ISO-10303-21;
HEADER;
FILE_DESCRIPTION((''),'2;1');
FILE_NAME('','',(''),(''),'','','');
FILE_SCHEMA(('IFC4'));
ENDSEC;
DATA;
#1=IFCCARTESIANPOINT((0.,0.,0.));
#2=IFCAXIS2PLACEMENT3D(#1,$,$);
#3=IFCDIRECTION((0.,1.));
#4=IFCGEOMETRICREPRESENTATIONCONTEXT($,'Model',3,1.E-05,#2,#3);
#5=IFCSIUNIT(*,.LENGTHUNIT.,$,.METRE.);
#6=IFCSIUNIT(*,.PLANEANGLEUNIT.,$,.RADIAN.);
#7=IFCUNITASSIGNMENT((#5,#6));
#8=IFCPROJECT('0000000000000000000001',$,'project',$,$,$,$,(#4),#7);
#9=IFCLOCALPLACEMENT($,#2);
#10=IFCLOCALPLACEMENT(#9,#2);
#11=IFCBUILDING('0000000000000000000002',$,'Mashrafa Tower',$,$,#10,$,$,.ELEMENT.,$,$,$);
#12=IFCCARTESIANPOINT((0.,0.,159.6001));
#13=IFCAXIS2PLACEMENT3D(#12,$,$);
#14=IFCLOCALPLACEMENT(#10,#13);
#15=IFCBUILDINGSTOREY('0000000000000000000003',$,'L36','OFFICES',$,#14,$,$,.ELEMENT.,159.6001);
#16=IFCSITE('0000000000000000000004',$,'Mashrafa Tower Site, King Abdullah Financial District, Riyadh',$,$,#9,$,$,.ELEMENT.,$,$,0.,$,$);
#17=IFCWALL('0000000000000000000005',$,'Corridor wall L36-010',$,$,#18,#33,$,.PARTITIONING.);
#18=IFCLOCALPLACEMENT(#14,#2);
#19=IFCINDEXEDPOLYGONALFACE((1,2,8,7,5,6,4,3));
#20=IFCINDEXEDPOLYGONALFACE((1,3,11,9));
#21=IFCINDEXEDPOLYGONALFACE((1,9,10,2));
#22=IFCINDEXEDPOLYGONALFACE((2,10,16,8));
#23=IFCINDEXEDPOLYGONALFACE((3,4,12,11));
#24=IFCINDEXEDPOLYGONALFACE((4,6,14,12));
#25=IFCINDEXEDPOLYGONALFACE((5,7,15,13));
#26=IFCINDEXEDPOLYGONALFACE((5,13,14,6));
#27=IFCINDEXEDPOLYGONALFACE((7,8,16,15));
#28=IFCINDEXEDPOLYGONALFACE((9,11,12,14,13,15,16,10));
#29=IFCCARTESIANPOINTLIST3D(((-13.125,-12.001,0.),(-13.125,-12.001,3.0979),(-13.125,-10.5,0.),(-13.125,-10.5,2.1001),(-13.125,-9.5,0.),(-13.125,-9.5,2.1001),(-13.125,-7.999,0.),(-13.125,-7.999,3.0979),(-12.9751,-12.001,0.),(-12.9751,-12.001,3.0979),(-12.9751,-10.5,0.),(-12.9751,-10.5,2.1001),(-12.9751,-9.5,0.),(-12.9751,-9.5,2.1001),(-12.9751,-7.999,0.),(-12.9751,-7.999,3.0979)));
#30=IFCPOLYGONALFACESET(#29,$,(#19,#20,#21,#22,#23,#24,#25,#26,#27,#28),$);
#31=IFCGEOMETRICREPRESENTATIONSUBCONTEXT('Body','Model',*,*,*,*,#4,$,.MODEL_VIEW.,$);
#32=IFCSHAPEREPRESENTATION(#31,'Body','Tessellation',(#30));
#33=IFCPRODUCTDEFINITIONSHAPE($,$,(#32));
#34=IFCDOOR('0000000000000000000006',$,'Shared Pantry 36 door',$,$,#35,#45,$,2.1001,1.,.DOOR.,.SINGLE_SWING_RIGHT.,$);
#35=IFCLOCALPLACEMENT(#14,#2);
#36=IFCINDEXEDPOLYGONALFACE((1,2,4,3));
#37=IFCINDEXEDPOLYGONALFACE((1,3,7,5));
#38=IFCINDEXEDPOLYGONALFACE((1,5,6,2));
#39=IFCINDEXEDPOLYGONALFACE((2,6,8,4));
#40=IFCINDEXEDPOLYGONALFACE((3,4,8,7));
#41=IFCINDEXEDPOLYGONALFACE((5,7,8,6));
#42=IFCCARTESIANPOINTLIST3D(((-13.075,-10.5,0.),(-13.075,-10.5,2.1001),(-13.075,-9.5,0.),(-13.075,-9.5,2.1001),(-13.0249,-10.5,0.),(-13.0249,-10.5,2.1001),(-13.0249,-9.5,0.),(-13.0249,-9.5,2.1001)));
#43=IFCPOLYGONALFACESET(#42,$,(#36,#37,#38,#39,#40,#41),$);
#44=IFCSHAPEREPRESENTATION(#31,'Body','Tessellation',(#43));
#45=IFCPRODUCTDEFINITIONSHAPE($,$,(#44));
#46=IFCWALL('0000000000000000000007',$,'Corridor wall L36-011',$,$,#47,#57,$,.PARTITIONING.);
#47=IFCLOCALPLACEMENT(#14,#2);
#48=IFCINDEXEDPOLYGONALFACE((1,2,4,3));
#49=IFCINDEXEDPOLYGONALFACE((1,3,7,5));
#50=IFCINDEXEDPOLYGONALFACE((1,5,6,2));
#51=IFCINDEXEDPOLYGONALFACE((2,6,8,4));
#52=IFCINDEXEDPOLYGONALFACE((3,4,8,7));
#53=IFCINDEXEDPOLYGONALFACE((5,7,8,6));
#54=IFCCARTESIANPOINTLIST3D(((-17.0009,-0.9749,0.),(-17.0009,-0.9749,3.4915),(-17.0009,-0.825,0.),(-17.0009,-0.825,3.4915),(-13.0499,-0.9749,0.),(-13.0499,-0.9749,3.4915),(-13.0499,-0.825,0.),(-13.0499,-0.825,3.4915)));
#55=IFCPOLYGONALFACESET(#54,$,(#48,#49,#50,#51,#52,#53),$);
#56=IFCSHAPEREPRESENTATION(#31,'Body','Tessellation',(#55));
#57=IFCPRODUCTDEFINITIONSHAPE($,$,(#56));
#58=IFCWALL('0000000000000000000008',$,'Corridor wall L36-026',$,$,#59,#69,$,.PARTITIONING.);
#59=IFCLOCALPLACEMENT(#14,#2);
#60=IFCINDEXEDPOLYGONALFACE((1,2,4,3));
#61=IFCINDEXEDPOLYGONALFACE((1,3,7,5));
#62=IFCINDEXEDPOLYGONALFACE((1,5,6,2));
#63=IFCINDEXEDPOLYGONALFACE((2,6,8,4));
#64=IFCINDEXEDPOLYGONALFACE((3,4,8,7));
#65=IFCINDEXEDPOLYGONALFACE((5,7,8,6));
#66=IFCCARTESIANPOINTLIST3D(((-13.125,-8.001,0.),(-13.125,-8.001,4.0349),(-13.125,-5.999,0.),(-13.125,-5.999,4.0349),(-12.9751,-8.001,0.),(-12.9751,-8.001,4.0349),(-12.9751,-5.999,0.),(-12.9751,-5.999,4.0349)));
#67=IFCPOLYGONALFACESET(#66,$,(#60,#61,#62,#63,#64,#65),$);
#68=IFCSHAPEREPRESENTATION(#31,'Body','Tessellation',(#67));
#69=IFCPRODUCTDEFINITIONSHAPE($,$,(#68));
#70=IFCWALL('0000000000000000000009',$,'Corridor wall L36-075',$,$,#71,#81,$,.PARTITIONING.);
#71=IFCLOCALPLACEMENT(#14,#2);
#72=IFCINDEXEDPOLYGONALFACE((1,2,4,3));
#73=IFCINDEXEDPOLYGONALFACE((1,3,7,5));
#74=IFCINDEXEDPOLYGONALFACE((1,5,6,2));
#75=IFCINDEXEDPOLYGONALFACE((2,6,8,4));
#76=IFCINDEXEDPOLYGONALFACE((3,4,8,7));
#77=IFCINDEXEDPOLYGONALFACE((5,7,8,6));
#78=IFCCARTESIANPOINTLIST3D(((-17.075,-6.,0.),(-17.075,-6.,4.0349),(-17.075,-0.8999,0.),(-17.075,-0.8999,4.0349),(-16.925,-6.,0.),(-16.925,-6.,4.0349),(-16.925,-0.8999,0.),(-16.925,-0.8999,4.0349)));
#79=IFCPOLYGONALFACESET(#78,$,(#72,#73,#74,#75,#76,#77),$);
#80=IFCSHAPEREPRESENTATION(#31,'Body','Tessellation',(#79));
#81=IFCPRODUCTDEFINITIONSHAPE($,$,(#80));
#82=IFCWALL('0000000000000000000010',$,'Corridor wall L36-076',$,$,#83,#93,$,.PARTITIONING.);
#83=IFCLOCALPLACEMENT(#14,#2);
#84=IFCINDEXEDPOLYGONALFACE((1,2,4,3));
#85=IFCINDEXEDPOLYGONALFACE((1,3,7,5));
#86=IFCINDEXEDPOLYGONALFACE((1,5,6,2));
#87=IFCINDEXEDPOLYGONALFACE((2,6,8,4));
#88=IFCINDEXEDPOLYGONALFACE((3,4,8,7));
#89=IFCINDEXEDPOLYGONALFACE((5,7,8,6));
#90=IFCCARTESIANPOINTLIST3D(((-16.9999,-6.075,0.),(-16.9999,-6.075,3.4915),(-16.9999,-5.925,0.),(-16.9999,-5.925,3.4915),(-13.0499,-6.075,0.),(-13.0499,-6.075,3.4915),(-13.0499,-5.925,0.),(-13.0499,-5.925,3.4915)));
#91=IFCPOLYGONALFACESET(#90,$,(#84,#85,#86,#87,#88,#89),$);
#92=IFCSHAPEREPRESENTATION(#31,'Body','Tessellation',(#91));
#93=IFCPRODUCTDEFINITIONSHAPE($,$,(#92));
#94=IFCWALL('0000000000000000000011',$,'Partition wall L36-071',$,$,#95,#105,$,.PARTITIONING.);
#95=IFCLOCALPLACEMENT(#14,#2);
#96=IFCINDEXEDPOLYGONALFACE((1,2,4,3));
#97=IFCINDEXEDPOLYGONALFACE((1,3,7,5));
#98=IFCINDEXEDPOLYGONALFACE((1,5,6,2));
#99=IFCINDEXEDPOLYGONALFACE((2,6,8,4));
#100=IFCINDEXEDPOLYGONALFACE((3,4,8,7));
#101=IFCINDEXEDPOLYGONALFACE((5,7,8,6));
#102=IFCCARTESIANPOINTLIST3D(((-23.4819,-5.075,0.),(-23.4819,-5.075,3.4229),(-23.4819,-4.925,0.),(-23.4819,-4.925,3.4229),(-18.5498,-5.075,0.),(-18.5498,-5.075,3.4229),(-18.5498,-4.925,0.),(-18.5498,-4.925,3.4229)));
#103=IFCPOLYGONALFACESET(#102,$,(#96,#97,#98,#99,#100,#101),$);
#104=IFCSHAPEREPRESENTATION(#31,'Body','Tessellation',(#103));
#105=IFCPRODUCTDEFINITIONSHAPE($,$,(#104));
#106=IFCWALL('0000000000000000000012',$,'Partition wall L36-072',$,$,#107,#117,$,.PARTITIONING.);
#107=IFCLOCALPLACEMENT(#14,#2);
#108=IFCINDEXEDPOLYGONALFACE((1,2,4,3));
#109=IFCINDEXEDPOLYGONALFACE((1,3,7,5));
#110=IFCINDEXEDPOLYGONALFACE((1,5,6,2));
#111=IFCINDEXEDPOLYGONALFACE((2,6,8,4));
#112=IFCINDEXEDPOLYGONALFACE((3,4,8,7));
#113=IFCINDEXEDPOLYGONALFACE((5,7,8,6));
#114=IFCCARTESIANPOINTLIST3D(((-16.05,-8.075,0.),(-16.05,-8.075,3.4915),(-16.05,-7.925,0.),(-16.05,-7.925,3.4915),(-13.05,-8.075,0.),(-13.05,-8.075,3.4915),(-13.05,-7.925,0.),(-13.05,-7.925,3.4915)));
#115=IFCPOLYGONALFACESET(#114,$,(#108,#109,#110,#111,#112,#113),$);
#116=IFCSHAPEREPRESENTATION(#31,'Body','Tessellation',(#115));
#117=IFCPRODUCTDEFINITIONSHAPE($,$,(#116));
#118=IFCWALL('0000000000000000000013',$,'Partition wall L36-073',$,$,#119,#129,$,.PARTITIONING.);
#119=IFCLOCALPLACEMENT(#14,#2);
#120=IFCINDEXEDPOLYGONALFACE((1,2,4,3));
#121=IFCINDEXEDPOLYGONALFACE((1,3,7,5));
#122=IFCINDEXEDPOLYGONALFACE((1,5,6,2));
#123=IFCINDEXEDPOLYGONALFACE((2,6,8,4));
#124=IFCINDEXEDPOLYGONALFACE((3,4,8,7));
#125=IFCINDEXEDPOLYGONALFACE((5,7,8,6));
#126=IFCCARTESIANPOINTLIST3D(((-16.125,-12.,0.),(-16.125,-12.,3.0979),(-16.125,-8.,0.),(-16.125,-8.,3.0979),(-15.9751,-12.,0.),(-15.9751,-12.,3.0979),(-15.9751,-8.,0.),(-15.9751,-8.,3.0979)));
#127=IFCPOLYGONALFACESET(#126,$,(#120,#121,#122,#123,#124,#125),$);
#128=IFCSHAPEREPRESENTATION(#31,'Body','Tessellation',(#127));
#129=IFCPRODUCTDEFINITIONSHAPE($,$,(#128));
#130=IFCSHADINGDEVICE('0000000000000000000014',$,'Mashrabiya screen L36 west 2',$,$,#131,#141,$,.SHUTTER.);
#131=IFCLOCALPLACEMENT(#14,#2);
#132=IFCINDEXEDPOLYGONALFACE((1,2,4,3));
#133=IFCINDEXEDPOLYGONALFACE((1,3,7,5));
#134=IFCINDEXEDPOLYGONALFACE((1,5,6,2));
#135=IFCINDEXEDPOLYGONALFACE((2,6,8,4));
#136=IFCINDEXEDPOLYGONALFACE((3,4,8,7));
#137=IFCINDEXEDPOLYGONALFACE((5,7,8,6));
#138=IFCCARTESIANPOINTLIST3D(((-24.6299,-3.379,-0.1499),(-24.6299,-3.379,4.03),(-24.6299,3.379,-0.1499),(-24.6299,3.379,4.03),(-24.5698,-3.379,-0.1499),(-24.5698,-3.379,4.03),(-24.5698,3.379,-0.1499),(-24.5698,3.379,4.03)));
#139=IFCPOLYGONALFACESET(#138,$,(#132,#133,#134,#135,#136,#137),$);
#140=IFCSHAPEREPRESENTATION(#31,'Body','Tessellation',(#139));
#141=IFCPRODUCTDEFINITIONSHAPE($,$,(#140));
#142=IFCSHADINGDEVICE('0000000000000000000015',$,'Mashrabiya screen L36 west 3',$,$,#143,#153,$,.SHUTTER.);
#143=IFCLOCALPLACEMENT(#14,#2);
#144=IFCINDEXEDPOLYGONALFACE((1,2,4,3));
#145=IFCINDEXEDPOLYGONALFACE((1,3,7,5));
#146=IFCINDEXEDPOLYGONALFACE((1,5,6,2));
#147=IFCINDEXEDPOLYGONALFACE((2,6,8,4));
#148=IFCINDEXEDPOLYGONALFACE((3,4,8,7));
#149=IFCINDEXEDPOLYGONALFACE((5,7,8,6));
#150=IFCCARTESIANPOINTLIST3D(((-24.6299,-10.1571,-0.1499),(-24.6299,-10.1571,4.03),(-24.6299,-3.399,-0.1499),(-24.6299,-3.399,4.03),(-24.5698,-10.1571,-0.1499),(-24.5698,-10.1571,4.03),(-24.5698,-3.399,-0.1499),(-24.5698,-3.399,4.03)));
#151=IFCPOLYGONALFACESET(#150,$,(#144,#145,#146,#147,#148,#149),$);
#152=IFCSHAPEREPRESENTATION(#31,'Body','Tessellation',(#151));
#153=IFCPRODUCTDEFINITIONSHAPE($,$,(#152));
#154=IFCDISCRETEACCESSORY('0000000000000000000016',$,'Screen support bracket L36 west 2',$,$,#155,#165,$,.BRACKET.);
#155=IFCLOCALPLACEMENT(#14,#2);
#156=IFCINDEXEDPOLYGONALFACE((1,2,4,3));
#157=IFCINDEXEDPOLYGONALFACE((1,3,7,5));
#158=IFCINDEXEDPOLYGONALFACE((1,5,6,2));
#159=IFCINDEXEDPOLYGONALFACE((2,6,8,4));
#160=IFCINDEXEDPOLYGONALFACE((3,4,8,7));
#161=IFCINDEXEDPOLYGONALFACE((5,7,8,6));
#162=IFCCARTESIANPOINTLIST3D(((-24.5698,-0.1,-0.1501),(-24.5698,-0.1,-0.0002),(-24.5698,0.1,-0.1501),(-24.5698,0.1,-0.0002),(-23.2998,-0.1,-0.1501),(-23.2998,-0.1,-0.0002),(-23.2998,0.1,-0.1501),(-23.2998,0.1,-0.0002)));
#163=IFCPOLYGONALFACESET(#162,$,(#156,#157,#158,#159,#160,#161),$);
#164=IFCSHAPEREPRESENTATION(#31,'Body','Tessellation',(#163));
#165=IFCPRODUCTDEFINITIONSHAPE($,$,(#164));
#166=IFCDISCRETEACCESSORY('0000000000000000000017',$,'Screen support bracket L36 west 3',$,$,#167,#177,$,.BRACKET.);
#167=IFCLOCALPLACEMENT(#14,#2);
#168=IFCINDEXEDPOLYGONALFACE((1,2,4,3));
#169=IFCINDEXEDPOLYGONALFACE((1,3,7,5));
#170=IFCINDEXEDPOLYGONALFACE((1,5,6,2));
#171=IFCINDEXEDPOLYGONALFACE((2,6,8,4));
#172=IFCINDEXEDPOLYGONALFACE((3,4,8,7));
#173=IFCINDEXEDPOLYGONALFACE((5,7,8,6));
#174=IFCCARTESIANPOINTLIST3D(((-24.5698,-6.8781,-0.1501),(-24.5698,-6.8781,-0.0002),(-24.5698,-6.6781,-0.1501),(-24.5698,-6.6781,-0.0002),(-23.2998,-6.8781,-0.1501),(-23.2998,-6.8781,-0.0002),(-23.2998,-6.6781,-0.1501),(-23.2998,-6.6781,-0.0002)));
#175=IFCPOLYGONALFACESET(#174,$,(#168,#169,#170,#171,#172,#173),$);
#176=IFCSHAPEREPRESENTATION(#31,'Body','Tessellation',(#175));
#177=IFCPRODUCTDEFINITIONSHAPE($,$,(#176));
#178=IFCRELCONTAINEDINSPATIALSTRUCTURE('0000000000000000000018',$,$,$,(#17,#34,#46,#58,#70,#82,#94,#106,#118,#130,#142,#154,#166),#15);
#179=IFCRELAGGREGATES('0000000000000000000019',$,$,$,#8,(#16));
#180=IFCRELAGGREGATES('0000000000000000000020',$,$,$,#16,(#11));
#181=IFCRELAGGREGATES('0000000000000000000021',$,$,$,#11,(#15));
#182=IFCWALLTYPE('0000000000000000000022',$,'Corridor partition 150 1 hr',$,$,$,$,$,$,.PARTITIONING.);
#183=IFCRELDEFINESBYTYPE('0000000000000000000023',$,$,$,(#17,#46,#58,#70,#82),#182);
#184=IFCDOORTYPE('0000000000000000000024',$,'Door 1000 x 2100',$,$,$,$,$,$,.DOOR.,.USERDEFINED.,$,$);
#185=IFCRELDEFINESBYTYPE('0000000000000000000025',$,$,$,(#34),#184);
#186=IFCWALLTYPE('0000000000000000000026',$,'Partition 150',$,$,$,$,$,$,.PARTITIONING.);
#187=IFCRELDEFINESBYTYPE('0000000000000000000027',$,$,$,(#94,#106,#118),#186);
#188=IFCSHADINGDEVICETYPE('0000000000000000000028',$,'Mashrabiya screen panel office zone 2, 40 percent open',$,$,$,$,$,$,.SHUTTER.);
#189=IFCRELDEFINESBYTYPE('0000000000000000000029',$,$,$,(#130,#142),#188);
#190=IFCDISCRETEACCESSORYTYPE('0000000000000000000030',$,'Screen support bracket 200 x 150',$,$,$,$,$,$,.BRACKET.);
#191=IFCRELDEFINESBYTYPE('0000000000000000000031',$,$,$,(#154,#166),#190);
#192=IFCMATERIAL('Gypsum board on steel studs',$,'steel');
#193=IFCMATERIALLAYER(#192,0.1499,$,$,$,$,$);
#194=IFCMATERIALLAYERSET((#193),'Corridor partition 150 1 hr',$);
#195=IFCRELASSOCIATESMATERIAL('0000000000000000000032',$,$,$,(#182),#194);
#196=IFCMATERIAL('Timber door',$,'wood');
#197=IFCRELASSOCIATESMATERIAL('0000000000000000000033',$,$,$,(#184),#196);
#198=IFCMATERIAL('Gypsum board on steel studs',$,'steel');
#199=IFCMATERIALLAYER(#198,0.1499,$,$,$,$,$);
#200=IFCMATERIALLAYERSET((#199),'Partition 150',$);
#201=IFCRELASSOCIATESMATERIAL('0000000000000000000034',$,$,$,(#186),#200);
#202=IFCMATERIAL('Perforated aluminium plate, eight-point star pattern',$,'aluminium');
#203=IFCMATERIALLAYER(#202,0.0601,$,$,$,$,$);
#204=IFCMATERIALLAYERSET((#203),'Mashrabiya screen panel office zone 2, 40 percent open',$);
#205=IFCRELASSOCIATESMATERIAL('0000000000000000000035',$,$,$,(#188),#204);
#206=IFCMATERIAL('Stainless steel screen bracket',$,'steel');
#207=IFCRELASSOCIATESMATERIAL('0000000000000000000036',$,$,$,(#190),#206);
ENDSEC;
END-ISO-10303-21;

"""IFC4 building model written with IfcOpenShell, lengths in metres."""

from ifc_helpers import new_model, si_unit, direction, frame, frame_2d, origin, origin_2d, place, context, subcontext, project, spatial, rectangle, extrude, source, transform, mapped, material, layer, layer_set, type_object, type_shapes, element, fill, save


model = new_model("IFC4")

# Units and contexts
model_context = context("Model", 3, precision=1e-05, world=origin(), true_north=direction((0.0, 1.0)))
body_context = subcontext(model_context, "Body", "Model", "MODEL_VIEW")
ifc_project = project(units=[si_unit("LENGTHUNIT", "METRE"), si_unit("PLANEANGLEUNIT", "RADIAN")], contexts=[model_context])

# Site, building, storey
site_placement = place(None, origin())
site = spatial("IfcSite", under=ifc_project, at=site_placement, Name="Mashrafa Tower Site, King Abdullah Financial District, Riyadh", CompositionType="ELEMENT", RefElevation=0.0)
building_placement = place(site_placement, origin())
building = spatial("IfcBuilding", under=site, at=building_placement, Name="Mashrafa Tower", CompositionType="ELEMENT")
storey_placement = place(building_placement, frame((0.0, 0.0, 159.6001)))
storey = spatial("IfcBuildingStorey", under=building, at=storey_placement, Name="L36", Description="OFFICES", CompositionType="ELEMENT", Elevation=159.6001)

# Wall, opening, door
ifc_material_1 = material(Name="Gypsum board on steel studs", Category="steel")
ifc_layer_1 = layer(ifc_material_1, 0.1499)
ifc_layer_set_1 = layer_set([ifc_layer_1], Name="Corridor partition 150 1 hr")
wall_type_1 = type_object("IfcWallType", Name="Corridor partition 150 1 hr", PredefinedType="PARTITIONING", material=ifc_layer_set_1)
wall_1_placement = place(storey_placement, frame((-13.05, -7.999, 0.0), z_axis=(0.0, 0.0, 1.0), x_axis=(0.0, -1.0, 0.0)))
wall_1 = element("IfcWall", 1, at=wall_1_placement, inside=storey, type_object=wall_type_1, Name="Corridor wall L36-010", PredefinedType="PARTITIONING", context=body_context, shape_type="SweptSolid", body=[
    extrude(rectangle(XDim=4.002, YDim=0.1499, at=frame_2d((2.001, 0.0))), origin(), (0.0, 0.0, 1.0), 3.0979),
])
opening_1_placement = place(wall_1_placement, frame((1.501, 0.0, 0.0)))
opening_1 = element("IfcOpeningElement", 2, at=opening_1_placement, cuts=wall_1, PredefinedType="OPENING", context=body_context, shape_type="SweptSolid", body=[
    extrude(rectangle(XDim=1.0, YDim=2.1001, at=frame_2d((0.5, 1.05))), frame((0.0, 0.085, 0.0), z_axis=(0.0, -1.0, 0.0), x_axis=(1.0, 0.0, 0.0)), (0.0, 0.0, 1.0), 0.1699),
])
ifc_material_2 = material(Name="Timber door", Category="wood")
door_type_1 = type_object("IfcDoorType", Name="Door 1000 x 2100", OperationType="USERDEFINED", PredefinedType="DOOR", material=ifc_material_2)
door_1_placement = place(opening_1_placement, frame((1.0, 0.0, 0.0), z_axis=(0.0, 0.0, 1.0), x_axis=(-1.0, 0.0, 0.0)))
door_1 = element("IfcDoor", 3, at=door_1_placement, inside=storey, type_object=door_type_1, Name="Shared Pantry 36 door", OperationType="SINGLE_SWING_RIGHT", OverallHeight=2.1001, OverallWidth=1.0, PredefinedType="DOOR", context=body_context, shape_type="SweptSolid", body=[
    extrude(rectangle(XDim=1.0, YDim=2.1001, at=frame_2d((0.5, 1.05))), frame((0.0, 0.0249, 0.0), z_axis=(0.0, -1.0, 0.0), x_axis=(1.0, 0.0, 0.0)), (0.0, 0.0, 1.0), 0.05),
])
fill(opening_1, door_1)

# Wall
wall_2_placement = place(storey_placement, frame((-17.001, -0.8999, 0.0), z_axis=(0.0, 0.0, 1.0), x_axis=(1.0, 0.0, 0.0)))
element("IfcWall", 4, at=wall_2_placement, inside=storey, type_object=wall_type_1, Name="Corridor wall L36-011", PredefinedType="PARTITIONING", context=body_context, shape_type="SweptSolid", body=[
    extrude(rectangle(XDim=3.9509, YDim=0.1499, at=frame_2d((1.9756, 0.0))), origin(), (0.0, 0.0, 1.0), 3.4915),
])

# Walls
wall_3_placement = place(storey_placement, frame((-13.05, -5.999, 0.0), z_axis=(0.0, 0.0, 1.0), x_axis=(0.0, -1.0, 0.0)))
element("IfcWall", 5, at=wall_3_placement, inside=storey, type_object=wall_type_1, Name="Corridor wall L36-026", PredefinedType="PARTITIONING", context=body_context, shape_type="SweptSolid", body=[
    extrude(rectangle(XDim=2.002, YDim=0.1499, at=frame_2d((1.001, 0.0))), origin(), (0.0, 0.0, 1.0), 4.0349),
])
wall_4_placement = place(storey_placement, frame((-17.0, -0.8999, 0.0), z_axis=(0.0, 0.0, 1.0), x_axis=(0.0, -1.0, 0.0)))
element("IfcWall", 6, at=wall_4_placement, inside=storey, type_object=wall_type_1, Name="Corridor wall L36-075", PredefinedType="PARTITIONING", context=body_context, shape_type="SweptSolid", body=[
    extrude(rectangle(XDim=5.1001, YDim=0.1499, at=frame_2d((2.55, 0.0))), origin(), (0.0, 0.0, 1.0), 4.0349),
])
wall_5_placement = place(storey_placement, frame((-17.0, -6.0, 0.0), z_axis=(0.0, 0.0, 1.0), x_axis=(1.0, 0.0, 0.0)))
element("IfcWall", 7, at=wall_5_placement, inside=storey, type_object=wall_type_1, Name="Corridor wall L36-076", PredefinedType="PARTITIONING", context=body_context, shape_type="SweptSolid", body=[
    extrude(rectangle(XDim=3.95, YDim=0.1499, at=frame_2d((1.9751, 0.0))), origin(), (0.0, 0.0, 1.0), 3.4915),
])
ifc_material_3 = material(Name="Gypsum board on steel studs", Category="steel")
ifc_layer_2 = layer(ifc_material_3, 0.1499)
ifc_layer_set_2 = layer_set([ifc_layer_2], Name="Partition 150")
wall_type_2 = type_object("IfcWallType", Name="Partition 150", PredefinedType="PARTITIONING", material=ifc_layer_set_2)
wall_6_placement = place(storey_placement, frame((-18.5498, -5.0, 0.0), z_axis=(0.0, 0.0, 1.0), x_axis=(-1.0, 0.0, 0.0)))
element("IfcWall", 8, at=wall_6_placement, inside=storey, type_object=wall_type_2, Name="Partition wall L36-071", PredefinedType="PARTITIONING", context=body_context, shape_type="SweptSolid", body=[
    extrude(rectangle(XDim=4.9321, YDim=0.1499, at=frame_2d((2.4661, 0.0))), origin(), (0.0, 0.0, 1.0), 3.4229),
])
wall_7_placement = place(storey_placement, frame((-13.05, -8.0, 0.0), z_axis=(0.0, 0.0, 1.0), x_axis=(-1.0, 0.0, 0.0)))
element("IfcWall", 9, at=wall_7_placement, inside=storey, type_object=wall_type_2, Name="Partition wall L36-072", PredefinedType="PARTITIONING", context=body_context, shape_type="SweptSolid", body=[
    extrude(rectangle(XDim=3.0, YDim=0.1499, at=frame_2d((1.5, 0.0))), origin(), (0.0, 0.0, 1.0), 3.4915),
])
wall_8_placement = place(storey_placement, frame((-16.05, -8.0, 0.0), z_axis=(0.0, 0.0, 1.0), x_axis=(0.0, -1.0, 0.0)))
element("IfcWall", 10, at=wall_8_placement, inside=storey, type_object=wall_type_2, Name="Partition wall L36-073", PredefinedType="PARTITIONING", context=body_context, shape_type="SweptSolid", body=[
    extrude(rectangle(XDim=4.0, YDim=0.1499, at=frame_2d((2.0, 0.0))), origin(), (0.0, 0.0, 1.0), 3.0979),
])

# Shading devices
ifc_material_4 = material(Name="Perforated aluminium plate, eight-point star pattern", Category="aluminium")
ifc_layer_3 = layer(ifc_material_4, 0.0601)
ifc_layer_set_3 = layer_set([ifc_layer_3], Name="Mashrabiya screen panel office zone 2, 40 percent open")
shading_device_type = type_object("IfcShadingDeviceType", Name="Mashrabiya screen panel office zone 2, 40 percent open", PredefinedType="SHUTTER", material=ifc_layer_set_3)
shared_shape_1 = source(origin(), body_context, "Body", "SweptSolid", [
    extrude(rectangle(XDim=6.7581, YDim=0.0601, at=origin_2d()), origin(), (0.0, 0.0, 1.0), 4.1799),
])
type_shapes(shading_device_type, [shared_shape_1])
for number, where, z_axis, x_axis, name in (
    (11, (-24.5999, 0.0, -0.1499), (0.0, 0.0, 1.0), (0.0, -1.0, 0.0), "Mashrabiya screen L36 west 2"),
    (12, (-24.5999, -6.7781, -0.1499), (0.0, 0.0, 1.0), (0.0, -1.0, 0.0), "Mashrabiya screen L36 west 3"),
):
    element("IfcShadingDevice", number, at=place(storey_placement, frame(where, z_axis=z_axis, x_axis=x_axis)), inside=storey, type_object=shading_device_type, Name=name, PredefinedType="SHUTTER", context=body_context, shape_type="MappedRepresentation", body=[
        mapped(shared_shape_1, transform((0.0, 0.0, 0.0))),
    ])

# Discrete accessories
ifc_material_5 = material(Name="Stainless steel screen bracket", Category="steel")
discrete_accessory_type = type_object("IfcDiscreteAccessoryType", Name="Screen support bracket 200 x 150", PredefinedType="BRACKET", material=ifc_material_5)
shared_shape_2 = source(origin(), body_context, "Body", "SweptSolid", [
    extrude(rectangle(XDim=0.2, YDim=1.27, at=origin_2d()), origin(), (0.0, 0.0, 1.0), 0.1499),
])
type_shapes(discrete_accessory_type, [shared_shape_2])
for number, where, z_axis, x_axis, name in (
    (13, (-23.9348, 0.0, -0.1501), (0.0, 0.0, 1.0), (0.0, -1.0, 0.0), "Screen support bracket L36 west 2"),
    (14, (-23.9348, -6.7781, -0.1501), (0.0, 0.0, 1.0), (0.0, -1.0, 0.0), "Screen support bracket L36 west 3"),
):
    element("IfcDiscreteAccessory", number, at=place(storey_placement, frame(where, z_axis=z_axis, x_axis=x_axis)), inside=storey, type_object=discrete_accessory_type, Name=name, PredefinedType="BRACKET", context=body_context, shape_type="MappedRepresentation", body=[
        mapped(shared_shape_2, transform((0.0, 0.0, 0.0))),
    ])

save(model, "model.ifc")
